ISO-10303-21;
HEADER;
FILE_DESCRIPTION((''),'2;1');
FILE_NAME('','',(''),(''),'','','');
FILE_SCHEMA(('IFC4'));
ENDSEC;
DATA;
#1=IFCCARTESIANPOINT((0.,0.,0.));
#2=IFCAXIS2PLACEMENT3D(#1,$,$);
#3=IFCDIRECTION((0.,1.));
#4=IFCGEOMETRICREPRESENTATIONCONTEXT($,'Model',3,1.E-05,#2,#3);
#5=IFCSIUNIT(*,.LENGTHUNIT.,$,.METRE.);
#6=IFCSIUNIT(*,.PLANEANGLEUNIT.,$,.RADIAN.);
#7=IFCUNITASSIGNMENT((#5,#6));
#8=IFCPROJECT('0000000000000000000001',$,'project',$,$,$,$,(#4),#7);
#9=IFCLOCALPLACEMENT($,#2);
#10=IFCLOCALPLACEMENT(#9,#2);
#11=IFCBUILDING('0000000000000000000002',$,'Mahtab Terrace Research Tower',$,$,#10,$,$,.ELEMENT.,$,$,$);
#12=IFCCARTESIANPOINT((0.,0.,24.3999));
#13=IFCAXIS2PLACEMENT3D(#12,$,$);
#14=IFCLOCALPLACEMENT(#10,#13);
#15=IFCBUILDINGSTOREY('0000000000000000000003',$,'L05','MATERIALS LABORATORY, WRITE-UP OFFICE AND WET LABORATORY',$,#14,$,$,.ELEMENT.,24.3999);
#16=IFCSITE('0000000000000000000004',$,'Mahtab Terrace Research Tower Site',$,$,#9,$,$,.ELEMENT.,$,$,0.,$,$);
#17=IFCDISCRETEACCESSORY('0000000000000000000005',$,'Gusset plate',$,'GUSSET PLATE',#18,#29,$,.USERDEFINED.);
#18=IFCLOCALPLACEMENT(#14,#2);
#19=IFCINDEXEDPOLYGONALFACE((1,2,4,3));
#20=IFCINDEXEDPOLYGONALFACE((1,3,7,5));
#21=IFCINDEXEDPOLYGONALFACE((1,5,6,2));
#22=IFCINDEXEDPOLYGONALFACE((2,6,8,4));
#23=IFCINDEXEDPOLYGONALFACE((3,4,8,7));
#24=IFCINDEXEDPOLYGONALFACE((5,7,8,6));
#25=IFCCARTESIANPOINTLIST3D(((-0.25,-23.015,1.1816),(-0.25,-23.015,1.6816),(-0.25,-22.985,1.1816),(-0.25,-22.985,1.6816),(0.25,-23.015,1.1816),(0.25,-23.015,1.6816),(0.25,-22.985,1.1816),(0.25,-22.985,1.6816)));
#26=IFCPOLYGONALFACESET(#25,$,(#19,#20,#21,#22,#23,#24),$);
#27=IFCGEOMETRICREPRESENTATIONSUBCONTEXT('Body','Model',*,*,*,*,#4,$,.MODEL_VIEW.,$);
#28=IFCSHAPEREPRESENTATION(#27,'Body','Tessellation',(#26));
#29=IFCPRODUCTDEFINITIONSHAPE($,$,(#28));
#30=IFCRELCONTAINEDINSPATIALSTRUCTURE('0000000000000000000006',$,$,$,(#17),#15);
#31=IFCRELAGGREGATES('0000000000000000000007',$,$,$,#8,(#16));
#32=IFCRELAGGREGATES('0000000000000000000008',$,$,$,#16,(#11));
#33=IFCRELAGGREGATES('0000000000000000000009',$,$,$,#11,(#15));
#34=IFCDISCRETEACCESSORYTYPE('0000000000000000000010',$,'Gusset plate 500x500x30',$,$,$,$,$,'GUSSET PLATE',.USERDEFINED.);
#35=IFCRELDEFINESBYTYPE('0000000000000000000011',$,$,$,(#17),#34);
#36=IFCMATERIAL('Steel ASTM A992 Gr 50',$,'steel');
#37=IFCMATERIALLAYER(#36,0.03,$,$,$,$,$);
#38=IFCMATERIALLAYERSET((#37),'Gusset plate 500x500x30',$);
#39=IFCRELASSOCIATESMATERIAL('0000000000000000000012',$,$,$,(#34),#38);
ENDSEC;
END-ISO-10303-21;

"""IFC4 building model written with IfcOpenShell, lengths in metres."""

from ifc_helpers import new_model, si_unit, direction, frame, origin, origin_2d, place, context, subcontext, project, spatial, rectangle, extrude, material, layer, layer_set, type_object, element, save


model = new_model("IFC4")

# Units and contexts
model_context = context("Model", 3, precision=1e-05, world=origin(), true_north=direction((0.0, 1.0)))
body_context = subcontext(model_context, "Body", "Model", "MODEL_VIEW")
ifc_project = project(units=[si_unit("LENGTHUNIT", "METRE"), si_unit("PLANEANGLEUNIT", "RADIAN")], contexts=[model_context])

# Site, building, storey
site_placement = place(None, origin())
site = spatial("IfcSite", under=ifc_project, at=site_placement, Name="Mahtab Terrace Research Tower Site", CompositionType="ELEMENT", RefElevation=0.0)
building_placement = place(site_placement, origin())
building = spatial("IfcBuilding", under=site, at=building_placement, Name="Mahtab Terrace Research Tower", CompositionType="ELEMENT")
storey_placement = place(building_placement, frame((0.0, 0.0, 24.3999)))
storey = spatial("IfcBuildingStorey", under=building, at=storey_placement, Name="L05", Description="MATERIALS LABORATORY, WRITE-UP OFFICE AND WET LABORATORY", CompositionType="ELEMENT", Elevation=24.3999)

# Discrete accessory
ifc_material_1 = material(Name="Steel ASTM A992 Gr 50", Category="steel")
ifc_layer_1 = layer(ifc_material_1, 0.03)
ifc_layer_set_1 = layer_set([ifc_layer_1], Name="Gusset plate 500x500x30")
discrete_accessory_type = type_object("IfcDiscreteAccessoryType", Name="Gusset plate 500x500x30", ElementType="GUSSET PLATE", PredefinedType="USERDEFINED", material=ifc_layer_set_1)
discrete_accessory_placement = place(storey_placement, frame((0.0, -23.0, 1.1816), z_axis=(0.0, 0.0, 1.0), x_axis=(1.0, 0.0, 0.0)))
element("IfcDiscreteAccessory", 1, at=discrete_accessory_placement, inside=storey, type_object=discrete_accessory_type, Name="Gusset plate", ObjectType="GUSSET PLATE", PredefinedType="USERDEFINED", context=body_context, shape_type="SweptSolid", body=[
    extrude(rectangle(XDim=0.5, YDim=0.03, at=origin_2d()), origin(), (0.0, 0.0, 1.0), 0.5),
])

save(model, "model.ifc")
